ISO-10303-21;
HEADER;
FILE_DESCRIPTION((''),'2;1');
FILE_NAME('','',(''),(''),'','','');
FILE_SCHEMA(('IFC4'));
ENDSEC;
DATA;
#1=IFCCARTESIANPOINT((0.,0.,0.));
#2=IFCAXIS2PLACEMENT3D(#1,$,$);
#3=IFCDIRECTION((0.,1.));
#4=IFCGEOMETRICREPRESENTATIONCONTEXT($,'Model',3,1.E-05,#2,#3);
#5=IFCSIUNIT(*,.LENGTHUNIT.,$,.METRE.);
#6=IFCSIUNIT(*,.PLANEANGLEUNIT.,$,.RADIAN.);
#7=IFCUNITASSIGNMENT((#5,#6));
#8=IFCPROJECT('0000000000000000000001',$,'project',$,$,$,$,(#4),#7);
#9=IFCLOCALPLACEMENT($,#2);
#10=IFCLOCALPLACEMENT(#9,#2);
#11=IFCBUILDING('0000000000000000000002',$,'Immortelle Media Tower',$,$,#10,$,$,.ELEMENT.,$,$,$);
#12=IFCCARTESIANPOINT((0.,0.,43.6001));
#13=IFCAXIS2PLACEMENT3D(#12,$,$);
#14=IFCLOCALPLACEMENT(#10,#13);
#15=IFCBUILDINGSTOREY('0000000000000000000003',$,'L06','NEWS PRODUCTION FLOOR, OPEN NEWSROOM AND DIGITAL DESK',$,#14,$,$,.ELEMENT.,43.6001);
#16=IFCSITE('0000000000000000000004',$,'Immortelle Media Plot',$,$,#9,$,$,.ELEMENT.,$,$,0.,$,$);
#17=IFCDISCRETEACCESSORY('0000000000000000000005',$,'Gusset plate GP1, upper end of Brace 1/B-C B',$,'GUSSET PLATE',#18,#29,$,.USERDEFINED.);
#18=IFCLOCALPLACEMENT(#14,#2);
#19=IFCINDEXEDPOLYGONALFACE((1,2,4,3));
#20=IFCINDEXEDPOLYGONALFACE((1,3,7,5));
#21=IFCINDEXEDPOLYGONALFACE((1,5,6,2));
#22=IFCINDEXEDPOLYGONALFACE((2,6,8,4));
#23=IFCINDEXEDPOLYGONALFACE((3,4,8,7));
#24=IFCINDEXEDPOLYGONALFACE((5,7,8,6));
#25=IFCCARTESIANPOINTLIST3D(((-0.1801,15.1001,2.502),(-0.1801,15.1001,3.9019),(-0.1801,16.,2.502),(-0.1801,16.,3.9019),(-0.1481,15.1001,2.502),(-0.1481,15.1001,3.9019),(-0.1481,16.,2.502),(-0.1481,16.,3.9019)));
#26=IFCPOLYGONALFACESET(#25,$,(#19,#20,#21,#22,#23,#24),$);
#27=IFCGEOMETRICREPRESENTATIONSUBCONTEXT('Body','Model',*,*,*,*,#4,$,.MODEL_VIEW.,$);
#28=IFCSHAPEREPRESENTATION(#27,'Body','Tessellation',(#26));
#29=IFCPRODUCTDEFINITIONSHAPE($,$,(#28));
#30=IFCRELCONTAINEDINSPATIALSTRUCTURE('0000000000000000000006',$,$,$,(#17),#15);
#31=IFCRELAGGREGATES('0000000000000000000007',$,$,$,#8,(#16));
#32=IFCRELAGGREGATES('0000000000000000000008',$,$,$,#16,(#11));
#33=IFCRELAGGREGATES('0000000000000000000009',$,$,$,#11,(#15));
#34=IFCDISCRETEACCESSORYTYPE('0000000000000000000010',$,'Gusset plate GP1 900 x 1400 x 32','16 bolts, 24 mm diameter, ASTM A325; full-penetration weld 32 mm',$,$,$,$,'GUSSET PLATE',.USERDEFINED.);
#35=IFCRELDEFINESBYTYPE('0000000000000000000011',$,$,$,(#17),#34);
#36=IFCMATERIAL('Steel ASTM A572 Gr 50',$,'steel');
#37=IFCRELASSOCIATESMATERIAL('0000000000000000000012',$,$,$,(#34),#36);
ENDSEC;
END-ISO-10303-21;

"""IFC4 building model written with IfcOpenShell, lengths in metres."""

from ifc_helpers import new_model, si_unit, direction, frame, origin, origin_2d, place, context, subcontext, project, spatial, rectangle, extrude, material, material_profile, profile_set, type_object, element, save


model = new_model("IFC4")

# Units and contexts
model_context = context("Model", 3, precision=1e-05, world=origin(), true_north=direction((0.0, 1.0)))
body_context = subcontext(model_context, "Body", "Model", "MODEL_VIEW")
ifc_project = project(units=[si_unit("LENGTHUNIT", "METRE"), si_unit("PLANEANGLEUNIT", "RADIAN")], contexts=[model_context])

# Site, building, storey
site_placement = place(None, origin())
site = spatial("IfcSite", under=ifc_project, at=site_placement, Name="Immortelle Media Plot", CompositionType="ELEMENT", RefElevation=0.0)
building_placement = place(site_placement, origin())
building = spatial("IfcBuilding", under=site, at=building_placement, Name="Immortelle Media Tower", CompositionType="ELEMENT")
storey_placement = place(building_placement, frame((0.0, 0.0, 43.6001)))
storey = spatial("IfcBuildingStorey", under=building, at=storey_placement, Name="L06", Description="NEWS PRODUCTION FLOOR, OPEN NEWSROOM AND DIGITAL DESK", CompositionType="ELEMENT", Elevation=43.6001)

# Discrete accessory
ifc_material_1 = material(Name="Steel ASTM A572 Gr 50", Category="steel")
ifc_material_profile_1 = material_profile(ifc_material_1, rectangle(XDim=0.032, YDim=1.3999, at=origin_2d()), Name="PL 32 x 1400")
ifc_profile_set_1 = profile_set([ifc_material_profile_1], Name="Steel ASTM A572 Gr 50")
discrete_accessory_type_1 = type_object("IfcDiscreteAccessoryType", Name="Gusset plate GP1 900 x 1400 x 32", Description="16 bolts, 24 mm diameter, ASTM A325; full-penetration weld 32 mm", ElementType="GUSSET PLATE", PredefinedType="USERDEFINED", material=ifc_profile_set_1)
for number, where, z_axis, x_axis, name in (
    (1, (-0.1641, 16.0, 3.2019), (0.0, -1.0, 0.0), (1.0, 0.0, 0.0), "Gusset plate GP1, upper end of Brace 1/B-C B"),
):
    element("IfcDiscreteAccessory", number, at=place(storey_placement, frame(where, z_axis=z_axis, x_axis=x_axis)), inside=storey, type_object=discrete_accessory_type_1, Name=name, ObjectType="GUSSET PLATE", PredefinedType="USERDEFINED", context=body_context, shape_type="SweptSolid", body=[
        extrude(rectangle(XDim=0.032, YDim=1.3999, at=origin_2d()), origin(), (0.0, 0.0, 1.0), 0.8999),
    ])

save(model, "model.ifc")
